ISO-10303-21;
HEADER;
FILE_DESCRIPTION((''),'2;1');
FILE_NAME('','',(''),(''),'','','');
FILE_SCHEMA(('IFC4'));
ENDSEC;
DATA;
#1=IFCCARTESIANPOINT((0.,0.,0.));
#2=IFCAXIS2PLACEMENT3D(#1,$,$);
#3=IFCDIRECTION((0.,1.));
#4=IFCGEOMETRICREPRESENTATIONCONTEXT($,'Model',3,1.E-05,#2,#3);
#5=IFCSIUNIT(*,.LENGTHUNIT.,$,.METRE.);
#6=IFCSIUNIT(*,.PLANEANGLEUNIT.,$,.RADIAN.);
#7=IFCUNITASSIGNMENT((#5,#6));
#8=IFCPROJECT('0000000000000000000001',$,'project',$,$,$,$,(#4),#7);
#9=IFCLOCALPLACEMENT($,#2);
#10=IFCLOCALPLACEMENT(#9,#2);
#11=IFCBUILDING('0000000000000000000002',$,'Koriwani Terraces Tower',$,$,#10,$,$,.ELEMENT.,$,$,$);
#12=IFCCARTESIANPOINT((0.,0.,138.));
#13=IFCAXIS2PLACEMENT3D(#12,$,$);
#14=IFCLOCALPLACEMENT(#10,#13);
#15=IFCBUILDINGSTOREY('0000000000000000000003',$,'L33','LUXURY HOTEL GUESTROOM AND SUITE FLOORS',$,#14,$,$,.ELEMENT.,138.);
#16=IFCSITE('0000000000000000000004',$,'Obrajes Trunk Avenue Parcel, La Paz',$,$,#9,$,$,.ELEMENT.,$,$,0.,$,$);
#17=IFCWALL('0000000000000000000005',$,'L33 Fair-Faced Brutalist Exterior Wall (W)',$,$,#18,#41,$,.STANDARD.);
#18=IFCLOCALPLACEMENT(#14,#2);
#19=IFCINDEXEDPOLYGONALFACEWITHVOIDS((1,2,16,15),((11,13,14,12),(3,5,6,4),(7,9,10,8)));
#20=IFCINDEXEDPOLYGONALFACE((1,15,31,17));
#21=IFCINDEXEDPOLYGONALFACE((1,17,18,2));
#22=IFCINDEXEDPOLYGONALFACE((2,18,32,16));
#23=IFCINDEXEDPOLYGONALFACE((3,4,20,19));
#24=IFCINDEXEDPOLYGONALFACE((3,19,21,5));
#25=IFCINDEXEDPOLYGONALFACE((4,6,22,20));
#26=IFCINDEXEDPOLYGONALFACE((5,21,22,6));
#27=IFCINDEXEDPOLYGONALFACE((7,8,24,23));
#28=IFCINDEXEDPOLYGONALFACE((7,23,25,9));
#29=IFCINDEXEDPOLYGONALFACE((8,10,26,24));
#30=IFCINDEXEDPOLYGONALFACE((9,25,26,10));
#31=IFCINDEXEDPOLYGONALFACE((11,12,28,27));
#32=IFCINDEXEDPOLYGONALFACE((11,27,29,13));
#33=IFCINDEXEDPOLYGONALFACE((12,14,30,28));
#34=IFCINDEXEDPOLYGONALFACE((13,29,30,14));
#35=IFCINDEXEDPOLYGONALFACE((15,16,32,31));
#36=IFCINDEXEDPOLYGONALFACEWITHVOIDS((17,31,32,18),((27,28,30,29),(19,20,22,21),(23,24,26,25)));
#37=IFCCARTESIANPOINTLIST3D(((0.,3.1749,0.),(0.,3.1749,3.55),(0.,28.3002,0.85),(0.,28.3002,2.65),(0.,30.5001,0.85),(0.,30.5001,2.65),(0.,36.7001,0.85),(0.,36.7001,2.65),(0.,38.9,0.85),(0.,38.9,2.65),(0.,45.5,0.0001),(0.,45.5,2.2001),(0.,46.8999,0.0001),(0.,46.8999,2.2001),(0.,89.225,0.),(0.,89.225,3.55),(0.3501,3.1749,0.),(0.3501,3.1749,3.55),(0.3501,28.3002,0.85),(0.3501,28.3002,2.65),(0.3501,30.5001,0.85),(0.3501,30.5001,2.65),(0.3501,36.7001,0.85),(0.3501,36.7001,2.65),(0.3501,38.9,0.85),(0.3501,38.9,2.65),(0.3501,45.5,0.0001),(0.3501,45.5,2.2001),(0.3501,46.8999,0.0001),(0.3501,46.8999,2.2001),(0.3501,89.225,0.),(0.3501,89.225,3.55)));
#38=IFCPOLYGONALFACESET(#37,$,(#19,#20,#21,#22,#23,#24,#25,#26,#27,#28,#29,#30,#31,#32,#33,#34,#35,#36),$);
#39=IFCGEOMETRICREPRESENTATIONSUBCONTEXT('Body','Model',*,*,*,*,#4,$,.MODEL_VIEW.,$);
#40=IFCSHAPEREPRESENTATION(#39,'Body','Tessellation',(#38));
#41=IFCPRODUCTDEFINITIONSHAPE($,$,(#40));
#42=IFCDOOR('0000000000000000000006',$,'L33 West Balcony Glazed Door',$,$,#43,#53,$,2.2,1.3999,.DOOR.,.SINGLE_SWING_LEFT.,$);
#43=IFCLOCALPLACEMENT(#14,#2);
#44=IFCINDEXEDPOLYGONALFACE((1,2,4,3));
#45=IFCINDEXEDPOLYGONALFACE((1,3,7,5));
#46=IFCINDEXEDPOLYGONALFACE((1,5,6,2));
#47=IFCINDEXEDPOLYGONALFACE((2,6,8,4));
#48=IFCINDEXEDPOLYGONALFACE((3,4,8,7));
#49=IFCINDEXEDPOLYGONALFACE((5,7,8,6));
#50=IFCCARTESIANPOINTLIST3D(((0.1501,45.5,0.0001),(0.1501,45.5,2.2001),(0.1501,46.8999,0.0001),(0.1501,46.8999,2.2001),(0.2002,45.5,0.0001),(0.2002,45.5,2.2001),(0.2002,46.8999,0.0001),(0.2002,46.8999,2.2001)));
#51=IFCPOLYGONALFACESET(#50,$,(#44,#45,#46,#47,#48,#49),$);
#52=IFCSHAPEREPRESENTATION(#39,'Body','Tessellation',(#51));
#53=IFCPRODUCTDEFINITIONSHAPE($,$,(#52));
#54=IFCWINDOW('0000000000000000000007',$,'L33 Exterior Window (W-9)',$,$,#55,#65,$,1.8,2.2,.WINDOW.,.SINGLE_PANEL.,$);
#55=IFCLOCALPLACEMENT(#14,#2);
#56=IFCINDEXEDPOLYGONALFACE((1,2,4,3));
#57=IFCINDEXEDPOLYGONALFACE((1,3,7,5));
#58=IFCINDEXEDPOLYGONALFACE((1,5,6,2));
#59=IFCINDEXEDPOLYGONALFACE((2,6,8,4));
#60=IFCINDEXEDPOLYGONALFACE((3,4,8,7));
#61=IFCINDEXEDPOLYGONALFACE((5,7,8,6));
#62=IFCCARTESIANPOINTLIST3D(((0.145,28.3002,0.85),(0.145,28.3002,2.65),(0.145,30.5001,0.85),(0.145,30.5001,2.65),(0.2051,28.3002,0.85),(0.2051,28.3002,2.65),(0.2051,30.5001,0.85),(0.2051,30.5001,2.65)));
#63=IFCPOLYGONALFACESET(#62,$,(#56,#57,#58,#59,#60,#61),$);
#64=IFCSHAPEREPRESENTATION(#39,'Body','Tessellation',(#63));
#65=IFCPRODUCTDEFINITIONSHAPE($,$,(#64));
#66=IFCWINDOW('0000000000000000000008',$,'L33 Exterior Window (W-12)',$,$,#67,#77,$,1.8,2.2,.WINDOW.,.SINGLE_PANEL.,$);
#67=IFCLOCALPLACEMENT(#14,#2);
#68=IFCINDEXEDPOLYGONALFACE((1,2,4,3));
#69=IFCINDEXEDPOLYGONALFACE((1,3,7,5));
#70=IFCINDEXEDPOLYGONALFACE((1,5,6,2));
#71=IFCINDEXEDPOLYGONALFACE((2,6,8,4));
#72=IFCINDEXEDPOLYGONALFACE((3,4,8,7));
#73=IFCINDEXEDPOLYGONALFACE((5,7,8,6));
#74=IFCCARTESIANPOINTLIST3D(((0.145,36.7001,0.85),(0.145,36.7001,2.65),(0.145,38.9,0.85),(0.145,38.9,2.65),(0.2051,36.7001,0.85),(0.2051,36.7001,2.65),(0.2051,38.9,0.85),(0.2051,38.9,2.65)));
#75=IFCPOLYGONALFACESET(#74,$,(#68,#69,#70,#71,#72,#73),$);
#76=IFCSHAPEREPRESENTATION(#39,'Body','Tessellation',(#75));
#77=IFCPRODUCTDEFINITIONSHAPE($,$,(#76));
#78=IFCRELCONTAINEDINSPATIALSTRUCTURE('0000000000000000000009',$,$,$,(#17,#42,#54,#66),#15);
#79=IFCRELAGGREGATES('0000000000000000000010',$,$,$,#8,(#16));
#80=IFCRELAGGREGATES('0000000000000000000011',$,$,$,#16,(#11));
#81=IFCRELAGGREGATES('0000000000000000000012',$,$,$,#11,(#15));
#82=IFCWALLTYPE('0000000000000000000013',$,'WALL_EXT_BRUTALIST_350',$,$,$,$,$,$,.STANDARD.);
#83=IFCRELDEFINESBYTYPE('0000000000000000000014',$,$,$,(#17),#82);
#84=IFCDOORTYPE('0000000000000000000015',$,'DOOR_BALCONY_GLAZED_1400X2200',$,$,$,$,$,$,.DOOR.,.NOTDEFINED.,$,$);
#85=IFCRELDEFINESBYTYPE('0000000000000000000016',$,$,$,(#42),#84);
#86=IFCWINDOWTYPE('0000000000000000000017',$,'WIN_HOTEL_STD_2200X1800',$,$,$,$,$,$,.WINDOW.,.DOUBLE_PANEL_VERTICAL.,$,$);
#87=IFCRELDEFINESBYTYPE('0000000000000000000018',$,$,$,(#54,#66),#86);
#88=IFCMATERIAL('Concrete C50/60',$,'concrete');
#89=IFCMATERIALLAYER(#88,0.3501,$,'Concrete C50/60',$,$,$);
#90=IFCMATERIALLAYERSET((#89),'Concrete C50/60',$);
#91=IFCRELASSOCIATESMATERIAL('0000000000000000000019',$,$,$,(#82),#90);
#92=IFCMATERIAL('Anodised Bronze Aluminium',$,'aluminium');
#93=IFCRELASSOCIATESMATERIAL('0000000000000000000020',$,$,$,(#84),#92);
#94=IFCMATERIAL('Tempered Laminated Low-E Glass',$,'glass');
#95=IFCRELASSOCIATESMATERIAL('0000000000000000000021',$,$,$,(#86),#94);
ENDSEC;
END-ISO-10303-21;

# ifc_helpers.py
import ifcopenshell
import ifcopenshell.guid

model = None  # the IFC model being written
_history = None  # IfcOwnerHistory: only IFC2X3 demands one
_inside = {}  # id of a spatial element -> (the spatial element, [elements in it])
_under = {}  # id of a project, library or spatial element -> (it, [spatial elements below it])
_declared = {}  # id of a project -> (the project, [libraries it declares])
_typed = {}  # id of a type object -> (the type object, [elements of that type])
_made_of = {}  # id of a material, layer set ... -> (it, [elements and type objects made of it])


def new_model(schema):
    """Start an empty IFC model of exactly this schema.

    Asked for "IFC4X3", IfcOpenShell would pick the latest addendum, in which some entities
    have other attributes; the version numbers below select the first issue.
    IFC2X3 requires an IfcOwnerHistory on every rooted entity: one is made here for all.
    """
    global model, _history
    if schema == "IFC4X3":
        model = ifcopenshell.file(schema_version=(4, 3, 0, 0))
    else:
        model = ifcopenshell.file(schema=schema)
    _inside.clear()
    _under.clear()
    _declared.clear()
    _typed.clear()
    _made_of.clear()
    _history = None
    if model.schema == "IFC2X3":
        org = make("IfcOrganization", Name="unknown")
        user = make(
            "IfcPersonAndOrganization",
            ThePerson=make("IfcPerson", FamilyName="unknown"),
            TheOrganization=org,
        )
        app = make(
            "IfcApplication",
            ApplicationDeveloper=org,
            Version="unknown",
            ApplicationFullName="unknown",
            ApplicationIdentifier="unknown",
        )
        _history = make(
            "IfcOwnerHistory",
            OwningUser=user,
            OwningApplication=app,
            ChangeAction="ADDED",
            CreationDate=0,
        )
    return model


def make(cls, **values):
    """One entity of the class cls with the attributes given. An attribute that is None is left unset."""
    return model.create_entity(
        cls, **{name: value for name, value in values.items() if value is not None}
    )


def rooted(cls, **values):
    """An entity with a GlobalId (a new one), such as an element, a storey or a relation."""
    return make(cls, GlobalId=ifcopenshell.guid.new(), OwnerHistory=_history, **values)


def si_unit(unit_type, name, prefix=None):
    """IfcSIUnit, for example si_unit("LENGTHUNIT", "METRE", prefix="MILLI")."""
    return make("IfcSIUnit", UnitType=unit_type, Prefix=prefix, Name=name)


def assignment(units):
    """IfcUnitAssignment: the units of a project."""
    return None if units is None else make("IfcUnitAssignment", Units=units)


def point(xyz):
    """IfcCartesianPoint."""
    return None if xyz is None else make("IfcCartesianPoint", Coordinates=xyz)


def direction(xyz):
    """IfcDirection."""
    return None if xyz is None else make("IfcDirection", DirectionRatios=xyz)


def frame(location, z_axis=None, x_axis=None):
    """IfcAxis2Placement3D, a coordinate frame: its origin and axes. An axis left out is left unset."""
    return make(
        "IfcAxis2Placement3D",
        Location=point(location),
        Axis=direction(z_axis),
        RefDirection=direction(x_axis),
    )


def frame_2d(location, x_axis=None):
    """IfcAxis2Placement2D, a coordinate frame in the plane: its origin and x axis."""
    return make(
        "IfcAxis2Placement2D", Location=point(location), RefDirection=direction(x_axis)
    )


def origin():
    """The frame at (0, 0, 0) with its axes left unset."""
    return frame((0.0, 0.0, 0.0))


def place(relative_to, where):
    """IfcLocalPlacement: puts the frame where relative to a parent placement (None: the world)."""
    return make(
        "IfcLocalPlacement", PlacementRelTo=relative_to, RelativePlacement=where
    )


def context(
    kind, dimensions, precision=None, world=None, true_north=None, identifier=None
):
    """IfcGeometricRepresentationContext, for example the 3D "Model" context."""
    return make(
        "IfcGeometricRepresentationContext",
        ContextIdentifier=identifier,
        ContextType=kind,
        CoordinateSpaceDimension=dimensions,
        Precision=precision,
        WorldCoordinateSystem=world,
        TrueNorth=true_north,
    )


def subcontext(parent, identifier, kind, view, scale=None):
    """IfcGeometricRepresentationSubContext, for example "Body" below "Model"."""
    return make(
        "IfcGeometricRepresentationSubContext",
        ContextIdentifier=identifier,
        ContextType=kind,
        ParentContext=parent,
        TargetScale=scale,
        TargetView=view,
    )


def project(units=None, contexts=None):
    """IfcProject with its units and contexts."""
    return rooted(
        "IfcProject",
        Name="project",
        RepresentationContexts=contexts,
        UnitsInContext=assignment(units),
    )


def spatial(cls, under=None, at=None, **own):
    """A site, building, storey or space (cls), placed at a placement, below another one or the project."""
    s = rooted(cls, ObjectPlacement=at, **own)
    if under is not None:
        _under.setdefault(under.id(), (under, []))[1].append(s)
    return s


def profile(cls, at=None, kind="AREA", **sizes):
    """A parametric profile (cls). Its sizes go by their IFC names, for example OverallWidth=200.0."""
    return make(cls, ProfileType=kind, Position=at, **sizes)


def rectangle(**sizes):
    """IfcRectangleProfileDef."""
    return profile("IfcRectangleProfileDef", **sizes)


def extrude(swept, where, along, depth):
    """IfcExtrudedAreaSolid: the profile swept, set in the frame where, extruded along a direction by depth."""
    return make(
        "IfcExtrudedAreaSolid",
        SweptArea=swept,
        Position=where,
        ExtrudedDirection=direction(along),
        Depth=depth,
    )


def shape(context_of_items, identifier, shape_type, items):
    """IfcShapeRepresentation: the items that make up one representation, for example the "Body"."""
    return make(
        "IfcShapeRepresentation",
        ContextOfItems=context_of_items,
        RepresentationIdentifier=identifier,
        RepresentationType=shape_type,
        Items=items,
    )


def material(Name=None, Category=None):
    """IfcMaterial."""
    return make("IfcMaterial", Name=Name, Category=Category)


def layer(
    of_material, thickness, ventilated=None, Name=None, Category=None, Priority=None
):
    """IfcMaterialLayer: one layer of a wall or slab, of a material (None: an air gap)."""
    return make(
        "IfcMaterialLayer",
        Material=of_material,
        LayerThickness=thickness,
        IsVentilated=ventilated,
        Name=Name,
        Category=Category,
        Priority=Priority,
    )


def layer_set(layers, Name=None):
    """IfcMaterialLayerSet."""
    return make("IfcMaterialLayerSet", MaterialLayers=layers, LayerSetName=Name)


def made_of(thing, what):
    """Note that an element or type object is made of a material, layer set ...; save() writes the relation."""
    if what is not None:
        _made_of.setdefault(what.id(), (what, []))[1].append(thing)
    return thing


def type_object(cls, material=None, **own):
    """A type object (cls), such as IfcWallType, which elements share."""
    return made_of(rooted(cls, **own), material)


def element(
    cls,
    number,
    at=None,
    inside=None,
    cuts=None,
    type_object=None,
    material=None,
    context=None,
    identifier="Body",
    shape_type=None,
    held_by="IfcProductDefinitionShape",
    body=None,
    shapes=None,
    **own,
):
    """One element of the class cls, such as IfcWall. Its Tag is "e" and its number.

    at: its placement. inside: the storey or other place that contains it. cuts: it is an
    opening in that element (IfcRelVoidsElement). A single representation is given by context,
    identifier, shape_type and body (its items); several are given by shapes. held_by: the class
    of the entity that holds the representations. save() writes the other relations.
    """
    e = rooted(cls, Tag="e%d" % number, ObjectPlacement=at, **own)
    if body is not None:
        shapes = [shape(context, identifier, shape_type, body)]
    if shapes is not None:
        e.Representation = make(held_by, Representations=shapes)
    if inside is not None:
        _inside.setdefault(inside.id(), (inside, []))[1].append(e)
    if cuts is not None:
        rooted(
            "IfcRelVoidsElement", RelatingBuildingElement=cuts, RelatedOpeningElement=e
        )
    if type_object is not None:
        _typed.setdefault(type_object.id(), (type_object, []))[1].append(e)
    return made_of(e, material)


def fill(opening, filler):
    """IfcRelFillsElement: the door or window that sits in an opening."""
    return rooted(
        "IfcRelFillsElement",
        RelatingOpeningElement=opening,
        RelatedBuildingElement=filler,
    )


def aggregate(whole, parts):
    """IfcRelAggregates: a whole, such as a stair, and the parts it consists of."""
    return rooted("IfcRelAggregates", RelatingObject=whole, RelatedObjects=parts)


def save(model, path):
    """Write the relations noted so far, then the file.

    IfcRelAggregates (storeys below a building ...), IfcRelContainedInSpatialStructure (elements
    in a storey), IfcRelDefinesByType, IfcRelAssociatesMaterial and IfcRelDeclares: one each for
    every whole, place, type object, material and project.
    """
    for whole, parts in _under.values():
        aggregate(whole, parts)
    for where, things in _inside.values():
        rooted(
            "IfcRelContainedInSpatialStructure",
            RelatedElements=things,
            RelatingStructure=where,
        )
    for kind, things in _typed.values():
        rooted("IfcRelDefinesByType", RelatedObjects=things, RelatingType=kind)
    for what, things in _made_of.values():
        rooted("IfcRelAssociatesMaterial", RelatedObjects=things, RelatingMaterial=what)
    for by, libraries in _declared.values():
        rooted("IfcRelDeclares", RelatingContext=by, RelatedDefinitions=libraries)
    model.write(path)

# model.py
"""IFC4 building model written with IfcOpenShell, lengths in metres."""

from ifc_helpers import new_model, si_unit, direction, frame, frame_2d, origin, place, context, subcontext, project, spatial, rectangle, extrude, material, layer, layer_set, type_object, element, fill, save


model = new_model("IFC4")

# Units and contexts
model_context = context("Model", 3, precision=1e-05, world=origin(), true_north=direction((0.0, 1.0)))
body_context = subcontext(model_context, "Body", "Model", "MODEL_VIEW")
ifc_project = project(units=[si_unit("LENGTHUNIT", "METRE"), si_unit("PLANEANGLEUNIT", "RADIAN")], contexts=[model_context])

# Site, building, storey
site_placement = place(None, origin())
site = spatial("IfcSite", under=ifc_project, at=site_placement, Name="Obrajes Trunk Avenue Parcel, La Paz", CompositionType="ELEMENT", RefElevation=0.0)
building_placement = place(site_placement, origin())
building = spatial("IfcBuilding", under=site, at=building_placement, Name="Koriwani Terraces Tower", CompositionType="ELEMENT")
storey_placement = place(building_placement, frame((0.0, 0.0, 138.0)))
storey = spatial("IfcBuildingStorey", under=building, at=storey_placement, Name="L33", Description="LUXURY HOTEL GUESTROOM AND SUITE FLOORS", CompositionType="ELEMENT", Elevation=138.0)

# Shared definitions
ifc_material_1 = material(Name="Concrete C50/60", Category="concrete")

# Shared definitions
ifc_layer_1 = layer(ifc_material_1, 0.3501, Name="Concrete C50/60")
ifc_layer_set_1 = layer_set([ifc_layer_1], Name="Concrete C50/60")
wall_type_1 = type_object("IfcWallType", Name="WALL_EXT_BRUTALIST_350", PredefinedType="STANDARD", material=ifc_layer_set_1)

# Wall, openings, door, windows
wall_placement = place(storey_placement, frame((0.175, 3.175, 0.0), z_axis=(0.0, 0.0, 1.0), x_axis=(0.0, 1.0, 0.0)))
wall = element("IfcWall", 1, at=wall_placement, inside=storey, type_object=wall_type_1, Name="L33 Fair-Faced Brutalist Exterior Wall (W)", PredefinedType="STANDARD", context=body_context, shape_type="SweptSolid", body=[
    extrude(rectangle(XDim=86.05, YDim=0.3501, at=frame_2d((43.0249, 0.0))), origin(), (0.0, 0.0, 1.0), 3.55),
])
opening_1_placement = place(wall_placement, frame((42.325, 0.0, 0.0)))
opening_1 = element("IfcOpeningElement", 2, at=opening_1_placement, cuts=wall, PredefinedType="OPENING", context=body_context, shape_type="SweptSolid", body=[
    extrude(rectangle(XDim=1.3999, YDim=2.2, at=frame_2d((0.7, 1.1001))), frame((0.0, 0.1851, 0.0), z_axis=(0.0, -1.0, 0.0), x_axis=(1.0, 0.0, 0.0)), (0.0, 0.0, 1.0), 0.3701),
])
opening_2_placement = place(wall_placement, frame((25.125, 0.0, 0.8501)))
opening_2 = element("IfcOpeningElement", 3, at=opening_2_placement, cuts=wall, PredefinedType="OPENING", context=body_context, shape_type="SweptSolid", body=[
    extrude(rectangle(XDim=2.2, YDim=1.8, at=frame_2d((1.1001, 0.8999))), frame((0.0, 0.1851, 0.0), z_axis=(0.0, -1.0, 0.0), x_axis=(1.0, 0.0, 0.0)), (0.0, 0.0, 1.0), 0.3701),
])
opening_3_placement = place(wall_placement, frame((33.5249, 0.0, 0.8501)))
opening_3 = element("IfcOpeningElement", 4, at=opening_3_placement, cuts=wall, PredefinedType="OPENING", context=body_context, shape_type="SweptSolid", body=[
    extrude(rectangle(XDim=2.2, YDim=1.8, at=frame_2d((1.1001, 0.8999))), frame((0.0, 0.1851, 0.0), z_axis=(0.0, -1.0, 0.0), x_axis=(1.0, 0.0, 0.0)), (0.0, 0.0, 1.0), 0.3701),
])
ifc_material_2 = material(Name="Anodised Bronze Aluminium", Category="aluminium")
door_type = type_object("IfcDoorType", Name="DOOR_BALCONY_GLAZED_1400X2200", OperationType="NOTDEFINED", PredefinedType="DOOR", material=ifc_material_2)
door_placement = place(opening_1_placement, origin())
door = element("IfcDoor", 5, at=door_placement, inside=storey, type_object=door_type, Name="L33 West Balcony Glazed Door", OperationType="SINGLE_SWING_LEFT", OverallHeight=2.2, OverallWidth=1.3999, PredefinedType="DOOR", context=body_context, shape_type="SweptSolid", body=[
    extrude(rectangle(XDim=1.3999, YDim=2.2, at=frame_2d((0.7, 1.1001))), frame((0.0, 0.0249, 0.0), z_axis=(0.0, -1.0, 0.0), x_axis=(1.0, 0.0, 0.0)), (0.0, 0.0, 1.0), 0.05),
])
fill(opening_1, door)
ifc_material_3 = material(Name="Tempered Laminated Low-E Glass", Category="glass")
window_type = type_object("IfcWindowType", Name="WIN_HOTEL_STD_2200X1800", PartitioningType="DOUBLE_PANEL_VERTICAL", PredefinedType="WINDOW", material=ifc_material_3)
window_1_placement = place(opening_2_placement, origin())
window_1 = element("IfcWindow", 6, at=window_1_placement, inside=storey, type_object=window_type, Name="L33 Exterior Window (W-9)", OverallHeight=1.8, OverallWidth=2.2, PartitioningType="SINGLE_PANEL", PredefinedType="WINDOW", context=body_context, shape_type="SweptSolid", body=[
    extrude(rectangle(XDim=2.2, YDim=1.8, at=frame_2d((1.1001, 0.8999))), frame((0.0, 0.03, 0.0), z_axis=(0.0, -1.0, 0.0), x_axis=(1.0, 0.0, 0.0)), (0.0, 0.0, 1.0), 0.0601),
])
fill(opening_2, window_1)
window_2_placement = place(opening_3_placement, origin())
window_2 = element("IfcWindow", 7, at=window_2_placement, inside=storey, type_object=window_type, Name="L33 Exterior Window (W-12)", OverallHeight=1.8, OverallWidth=2.2, PartitioningType="SINGLE_PANEL", PredefinedType="WINDOW", context=body_context, shape_type="SweptSolid", body=[
    extrude(rectangle(XDim=2.2, YDim=1.8, at=frame_2d((1.1001, 0.8999))), frame((0.0, 0.03, 0.0), z_axis=(0.0, -1.0, 0.0), x_axis=(1.0, 0.0, 0.0)), (0.0, 0.0, 1.0), 0.0601),
])
fill(opening_3, window_2)

save(model, "model.ifc")
